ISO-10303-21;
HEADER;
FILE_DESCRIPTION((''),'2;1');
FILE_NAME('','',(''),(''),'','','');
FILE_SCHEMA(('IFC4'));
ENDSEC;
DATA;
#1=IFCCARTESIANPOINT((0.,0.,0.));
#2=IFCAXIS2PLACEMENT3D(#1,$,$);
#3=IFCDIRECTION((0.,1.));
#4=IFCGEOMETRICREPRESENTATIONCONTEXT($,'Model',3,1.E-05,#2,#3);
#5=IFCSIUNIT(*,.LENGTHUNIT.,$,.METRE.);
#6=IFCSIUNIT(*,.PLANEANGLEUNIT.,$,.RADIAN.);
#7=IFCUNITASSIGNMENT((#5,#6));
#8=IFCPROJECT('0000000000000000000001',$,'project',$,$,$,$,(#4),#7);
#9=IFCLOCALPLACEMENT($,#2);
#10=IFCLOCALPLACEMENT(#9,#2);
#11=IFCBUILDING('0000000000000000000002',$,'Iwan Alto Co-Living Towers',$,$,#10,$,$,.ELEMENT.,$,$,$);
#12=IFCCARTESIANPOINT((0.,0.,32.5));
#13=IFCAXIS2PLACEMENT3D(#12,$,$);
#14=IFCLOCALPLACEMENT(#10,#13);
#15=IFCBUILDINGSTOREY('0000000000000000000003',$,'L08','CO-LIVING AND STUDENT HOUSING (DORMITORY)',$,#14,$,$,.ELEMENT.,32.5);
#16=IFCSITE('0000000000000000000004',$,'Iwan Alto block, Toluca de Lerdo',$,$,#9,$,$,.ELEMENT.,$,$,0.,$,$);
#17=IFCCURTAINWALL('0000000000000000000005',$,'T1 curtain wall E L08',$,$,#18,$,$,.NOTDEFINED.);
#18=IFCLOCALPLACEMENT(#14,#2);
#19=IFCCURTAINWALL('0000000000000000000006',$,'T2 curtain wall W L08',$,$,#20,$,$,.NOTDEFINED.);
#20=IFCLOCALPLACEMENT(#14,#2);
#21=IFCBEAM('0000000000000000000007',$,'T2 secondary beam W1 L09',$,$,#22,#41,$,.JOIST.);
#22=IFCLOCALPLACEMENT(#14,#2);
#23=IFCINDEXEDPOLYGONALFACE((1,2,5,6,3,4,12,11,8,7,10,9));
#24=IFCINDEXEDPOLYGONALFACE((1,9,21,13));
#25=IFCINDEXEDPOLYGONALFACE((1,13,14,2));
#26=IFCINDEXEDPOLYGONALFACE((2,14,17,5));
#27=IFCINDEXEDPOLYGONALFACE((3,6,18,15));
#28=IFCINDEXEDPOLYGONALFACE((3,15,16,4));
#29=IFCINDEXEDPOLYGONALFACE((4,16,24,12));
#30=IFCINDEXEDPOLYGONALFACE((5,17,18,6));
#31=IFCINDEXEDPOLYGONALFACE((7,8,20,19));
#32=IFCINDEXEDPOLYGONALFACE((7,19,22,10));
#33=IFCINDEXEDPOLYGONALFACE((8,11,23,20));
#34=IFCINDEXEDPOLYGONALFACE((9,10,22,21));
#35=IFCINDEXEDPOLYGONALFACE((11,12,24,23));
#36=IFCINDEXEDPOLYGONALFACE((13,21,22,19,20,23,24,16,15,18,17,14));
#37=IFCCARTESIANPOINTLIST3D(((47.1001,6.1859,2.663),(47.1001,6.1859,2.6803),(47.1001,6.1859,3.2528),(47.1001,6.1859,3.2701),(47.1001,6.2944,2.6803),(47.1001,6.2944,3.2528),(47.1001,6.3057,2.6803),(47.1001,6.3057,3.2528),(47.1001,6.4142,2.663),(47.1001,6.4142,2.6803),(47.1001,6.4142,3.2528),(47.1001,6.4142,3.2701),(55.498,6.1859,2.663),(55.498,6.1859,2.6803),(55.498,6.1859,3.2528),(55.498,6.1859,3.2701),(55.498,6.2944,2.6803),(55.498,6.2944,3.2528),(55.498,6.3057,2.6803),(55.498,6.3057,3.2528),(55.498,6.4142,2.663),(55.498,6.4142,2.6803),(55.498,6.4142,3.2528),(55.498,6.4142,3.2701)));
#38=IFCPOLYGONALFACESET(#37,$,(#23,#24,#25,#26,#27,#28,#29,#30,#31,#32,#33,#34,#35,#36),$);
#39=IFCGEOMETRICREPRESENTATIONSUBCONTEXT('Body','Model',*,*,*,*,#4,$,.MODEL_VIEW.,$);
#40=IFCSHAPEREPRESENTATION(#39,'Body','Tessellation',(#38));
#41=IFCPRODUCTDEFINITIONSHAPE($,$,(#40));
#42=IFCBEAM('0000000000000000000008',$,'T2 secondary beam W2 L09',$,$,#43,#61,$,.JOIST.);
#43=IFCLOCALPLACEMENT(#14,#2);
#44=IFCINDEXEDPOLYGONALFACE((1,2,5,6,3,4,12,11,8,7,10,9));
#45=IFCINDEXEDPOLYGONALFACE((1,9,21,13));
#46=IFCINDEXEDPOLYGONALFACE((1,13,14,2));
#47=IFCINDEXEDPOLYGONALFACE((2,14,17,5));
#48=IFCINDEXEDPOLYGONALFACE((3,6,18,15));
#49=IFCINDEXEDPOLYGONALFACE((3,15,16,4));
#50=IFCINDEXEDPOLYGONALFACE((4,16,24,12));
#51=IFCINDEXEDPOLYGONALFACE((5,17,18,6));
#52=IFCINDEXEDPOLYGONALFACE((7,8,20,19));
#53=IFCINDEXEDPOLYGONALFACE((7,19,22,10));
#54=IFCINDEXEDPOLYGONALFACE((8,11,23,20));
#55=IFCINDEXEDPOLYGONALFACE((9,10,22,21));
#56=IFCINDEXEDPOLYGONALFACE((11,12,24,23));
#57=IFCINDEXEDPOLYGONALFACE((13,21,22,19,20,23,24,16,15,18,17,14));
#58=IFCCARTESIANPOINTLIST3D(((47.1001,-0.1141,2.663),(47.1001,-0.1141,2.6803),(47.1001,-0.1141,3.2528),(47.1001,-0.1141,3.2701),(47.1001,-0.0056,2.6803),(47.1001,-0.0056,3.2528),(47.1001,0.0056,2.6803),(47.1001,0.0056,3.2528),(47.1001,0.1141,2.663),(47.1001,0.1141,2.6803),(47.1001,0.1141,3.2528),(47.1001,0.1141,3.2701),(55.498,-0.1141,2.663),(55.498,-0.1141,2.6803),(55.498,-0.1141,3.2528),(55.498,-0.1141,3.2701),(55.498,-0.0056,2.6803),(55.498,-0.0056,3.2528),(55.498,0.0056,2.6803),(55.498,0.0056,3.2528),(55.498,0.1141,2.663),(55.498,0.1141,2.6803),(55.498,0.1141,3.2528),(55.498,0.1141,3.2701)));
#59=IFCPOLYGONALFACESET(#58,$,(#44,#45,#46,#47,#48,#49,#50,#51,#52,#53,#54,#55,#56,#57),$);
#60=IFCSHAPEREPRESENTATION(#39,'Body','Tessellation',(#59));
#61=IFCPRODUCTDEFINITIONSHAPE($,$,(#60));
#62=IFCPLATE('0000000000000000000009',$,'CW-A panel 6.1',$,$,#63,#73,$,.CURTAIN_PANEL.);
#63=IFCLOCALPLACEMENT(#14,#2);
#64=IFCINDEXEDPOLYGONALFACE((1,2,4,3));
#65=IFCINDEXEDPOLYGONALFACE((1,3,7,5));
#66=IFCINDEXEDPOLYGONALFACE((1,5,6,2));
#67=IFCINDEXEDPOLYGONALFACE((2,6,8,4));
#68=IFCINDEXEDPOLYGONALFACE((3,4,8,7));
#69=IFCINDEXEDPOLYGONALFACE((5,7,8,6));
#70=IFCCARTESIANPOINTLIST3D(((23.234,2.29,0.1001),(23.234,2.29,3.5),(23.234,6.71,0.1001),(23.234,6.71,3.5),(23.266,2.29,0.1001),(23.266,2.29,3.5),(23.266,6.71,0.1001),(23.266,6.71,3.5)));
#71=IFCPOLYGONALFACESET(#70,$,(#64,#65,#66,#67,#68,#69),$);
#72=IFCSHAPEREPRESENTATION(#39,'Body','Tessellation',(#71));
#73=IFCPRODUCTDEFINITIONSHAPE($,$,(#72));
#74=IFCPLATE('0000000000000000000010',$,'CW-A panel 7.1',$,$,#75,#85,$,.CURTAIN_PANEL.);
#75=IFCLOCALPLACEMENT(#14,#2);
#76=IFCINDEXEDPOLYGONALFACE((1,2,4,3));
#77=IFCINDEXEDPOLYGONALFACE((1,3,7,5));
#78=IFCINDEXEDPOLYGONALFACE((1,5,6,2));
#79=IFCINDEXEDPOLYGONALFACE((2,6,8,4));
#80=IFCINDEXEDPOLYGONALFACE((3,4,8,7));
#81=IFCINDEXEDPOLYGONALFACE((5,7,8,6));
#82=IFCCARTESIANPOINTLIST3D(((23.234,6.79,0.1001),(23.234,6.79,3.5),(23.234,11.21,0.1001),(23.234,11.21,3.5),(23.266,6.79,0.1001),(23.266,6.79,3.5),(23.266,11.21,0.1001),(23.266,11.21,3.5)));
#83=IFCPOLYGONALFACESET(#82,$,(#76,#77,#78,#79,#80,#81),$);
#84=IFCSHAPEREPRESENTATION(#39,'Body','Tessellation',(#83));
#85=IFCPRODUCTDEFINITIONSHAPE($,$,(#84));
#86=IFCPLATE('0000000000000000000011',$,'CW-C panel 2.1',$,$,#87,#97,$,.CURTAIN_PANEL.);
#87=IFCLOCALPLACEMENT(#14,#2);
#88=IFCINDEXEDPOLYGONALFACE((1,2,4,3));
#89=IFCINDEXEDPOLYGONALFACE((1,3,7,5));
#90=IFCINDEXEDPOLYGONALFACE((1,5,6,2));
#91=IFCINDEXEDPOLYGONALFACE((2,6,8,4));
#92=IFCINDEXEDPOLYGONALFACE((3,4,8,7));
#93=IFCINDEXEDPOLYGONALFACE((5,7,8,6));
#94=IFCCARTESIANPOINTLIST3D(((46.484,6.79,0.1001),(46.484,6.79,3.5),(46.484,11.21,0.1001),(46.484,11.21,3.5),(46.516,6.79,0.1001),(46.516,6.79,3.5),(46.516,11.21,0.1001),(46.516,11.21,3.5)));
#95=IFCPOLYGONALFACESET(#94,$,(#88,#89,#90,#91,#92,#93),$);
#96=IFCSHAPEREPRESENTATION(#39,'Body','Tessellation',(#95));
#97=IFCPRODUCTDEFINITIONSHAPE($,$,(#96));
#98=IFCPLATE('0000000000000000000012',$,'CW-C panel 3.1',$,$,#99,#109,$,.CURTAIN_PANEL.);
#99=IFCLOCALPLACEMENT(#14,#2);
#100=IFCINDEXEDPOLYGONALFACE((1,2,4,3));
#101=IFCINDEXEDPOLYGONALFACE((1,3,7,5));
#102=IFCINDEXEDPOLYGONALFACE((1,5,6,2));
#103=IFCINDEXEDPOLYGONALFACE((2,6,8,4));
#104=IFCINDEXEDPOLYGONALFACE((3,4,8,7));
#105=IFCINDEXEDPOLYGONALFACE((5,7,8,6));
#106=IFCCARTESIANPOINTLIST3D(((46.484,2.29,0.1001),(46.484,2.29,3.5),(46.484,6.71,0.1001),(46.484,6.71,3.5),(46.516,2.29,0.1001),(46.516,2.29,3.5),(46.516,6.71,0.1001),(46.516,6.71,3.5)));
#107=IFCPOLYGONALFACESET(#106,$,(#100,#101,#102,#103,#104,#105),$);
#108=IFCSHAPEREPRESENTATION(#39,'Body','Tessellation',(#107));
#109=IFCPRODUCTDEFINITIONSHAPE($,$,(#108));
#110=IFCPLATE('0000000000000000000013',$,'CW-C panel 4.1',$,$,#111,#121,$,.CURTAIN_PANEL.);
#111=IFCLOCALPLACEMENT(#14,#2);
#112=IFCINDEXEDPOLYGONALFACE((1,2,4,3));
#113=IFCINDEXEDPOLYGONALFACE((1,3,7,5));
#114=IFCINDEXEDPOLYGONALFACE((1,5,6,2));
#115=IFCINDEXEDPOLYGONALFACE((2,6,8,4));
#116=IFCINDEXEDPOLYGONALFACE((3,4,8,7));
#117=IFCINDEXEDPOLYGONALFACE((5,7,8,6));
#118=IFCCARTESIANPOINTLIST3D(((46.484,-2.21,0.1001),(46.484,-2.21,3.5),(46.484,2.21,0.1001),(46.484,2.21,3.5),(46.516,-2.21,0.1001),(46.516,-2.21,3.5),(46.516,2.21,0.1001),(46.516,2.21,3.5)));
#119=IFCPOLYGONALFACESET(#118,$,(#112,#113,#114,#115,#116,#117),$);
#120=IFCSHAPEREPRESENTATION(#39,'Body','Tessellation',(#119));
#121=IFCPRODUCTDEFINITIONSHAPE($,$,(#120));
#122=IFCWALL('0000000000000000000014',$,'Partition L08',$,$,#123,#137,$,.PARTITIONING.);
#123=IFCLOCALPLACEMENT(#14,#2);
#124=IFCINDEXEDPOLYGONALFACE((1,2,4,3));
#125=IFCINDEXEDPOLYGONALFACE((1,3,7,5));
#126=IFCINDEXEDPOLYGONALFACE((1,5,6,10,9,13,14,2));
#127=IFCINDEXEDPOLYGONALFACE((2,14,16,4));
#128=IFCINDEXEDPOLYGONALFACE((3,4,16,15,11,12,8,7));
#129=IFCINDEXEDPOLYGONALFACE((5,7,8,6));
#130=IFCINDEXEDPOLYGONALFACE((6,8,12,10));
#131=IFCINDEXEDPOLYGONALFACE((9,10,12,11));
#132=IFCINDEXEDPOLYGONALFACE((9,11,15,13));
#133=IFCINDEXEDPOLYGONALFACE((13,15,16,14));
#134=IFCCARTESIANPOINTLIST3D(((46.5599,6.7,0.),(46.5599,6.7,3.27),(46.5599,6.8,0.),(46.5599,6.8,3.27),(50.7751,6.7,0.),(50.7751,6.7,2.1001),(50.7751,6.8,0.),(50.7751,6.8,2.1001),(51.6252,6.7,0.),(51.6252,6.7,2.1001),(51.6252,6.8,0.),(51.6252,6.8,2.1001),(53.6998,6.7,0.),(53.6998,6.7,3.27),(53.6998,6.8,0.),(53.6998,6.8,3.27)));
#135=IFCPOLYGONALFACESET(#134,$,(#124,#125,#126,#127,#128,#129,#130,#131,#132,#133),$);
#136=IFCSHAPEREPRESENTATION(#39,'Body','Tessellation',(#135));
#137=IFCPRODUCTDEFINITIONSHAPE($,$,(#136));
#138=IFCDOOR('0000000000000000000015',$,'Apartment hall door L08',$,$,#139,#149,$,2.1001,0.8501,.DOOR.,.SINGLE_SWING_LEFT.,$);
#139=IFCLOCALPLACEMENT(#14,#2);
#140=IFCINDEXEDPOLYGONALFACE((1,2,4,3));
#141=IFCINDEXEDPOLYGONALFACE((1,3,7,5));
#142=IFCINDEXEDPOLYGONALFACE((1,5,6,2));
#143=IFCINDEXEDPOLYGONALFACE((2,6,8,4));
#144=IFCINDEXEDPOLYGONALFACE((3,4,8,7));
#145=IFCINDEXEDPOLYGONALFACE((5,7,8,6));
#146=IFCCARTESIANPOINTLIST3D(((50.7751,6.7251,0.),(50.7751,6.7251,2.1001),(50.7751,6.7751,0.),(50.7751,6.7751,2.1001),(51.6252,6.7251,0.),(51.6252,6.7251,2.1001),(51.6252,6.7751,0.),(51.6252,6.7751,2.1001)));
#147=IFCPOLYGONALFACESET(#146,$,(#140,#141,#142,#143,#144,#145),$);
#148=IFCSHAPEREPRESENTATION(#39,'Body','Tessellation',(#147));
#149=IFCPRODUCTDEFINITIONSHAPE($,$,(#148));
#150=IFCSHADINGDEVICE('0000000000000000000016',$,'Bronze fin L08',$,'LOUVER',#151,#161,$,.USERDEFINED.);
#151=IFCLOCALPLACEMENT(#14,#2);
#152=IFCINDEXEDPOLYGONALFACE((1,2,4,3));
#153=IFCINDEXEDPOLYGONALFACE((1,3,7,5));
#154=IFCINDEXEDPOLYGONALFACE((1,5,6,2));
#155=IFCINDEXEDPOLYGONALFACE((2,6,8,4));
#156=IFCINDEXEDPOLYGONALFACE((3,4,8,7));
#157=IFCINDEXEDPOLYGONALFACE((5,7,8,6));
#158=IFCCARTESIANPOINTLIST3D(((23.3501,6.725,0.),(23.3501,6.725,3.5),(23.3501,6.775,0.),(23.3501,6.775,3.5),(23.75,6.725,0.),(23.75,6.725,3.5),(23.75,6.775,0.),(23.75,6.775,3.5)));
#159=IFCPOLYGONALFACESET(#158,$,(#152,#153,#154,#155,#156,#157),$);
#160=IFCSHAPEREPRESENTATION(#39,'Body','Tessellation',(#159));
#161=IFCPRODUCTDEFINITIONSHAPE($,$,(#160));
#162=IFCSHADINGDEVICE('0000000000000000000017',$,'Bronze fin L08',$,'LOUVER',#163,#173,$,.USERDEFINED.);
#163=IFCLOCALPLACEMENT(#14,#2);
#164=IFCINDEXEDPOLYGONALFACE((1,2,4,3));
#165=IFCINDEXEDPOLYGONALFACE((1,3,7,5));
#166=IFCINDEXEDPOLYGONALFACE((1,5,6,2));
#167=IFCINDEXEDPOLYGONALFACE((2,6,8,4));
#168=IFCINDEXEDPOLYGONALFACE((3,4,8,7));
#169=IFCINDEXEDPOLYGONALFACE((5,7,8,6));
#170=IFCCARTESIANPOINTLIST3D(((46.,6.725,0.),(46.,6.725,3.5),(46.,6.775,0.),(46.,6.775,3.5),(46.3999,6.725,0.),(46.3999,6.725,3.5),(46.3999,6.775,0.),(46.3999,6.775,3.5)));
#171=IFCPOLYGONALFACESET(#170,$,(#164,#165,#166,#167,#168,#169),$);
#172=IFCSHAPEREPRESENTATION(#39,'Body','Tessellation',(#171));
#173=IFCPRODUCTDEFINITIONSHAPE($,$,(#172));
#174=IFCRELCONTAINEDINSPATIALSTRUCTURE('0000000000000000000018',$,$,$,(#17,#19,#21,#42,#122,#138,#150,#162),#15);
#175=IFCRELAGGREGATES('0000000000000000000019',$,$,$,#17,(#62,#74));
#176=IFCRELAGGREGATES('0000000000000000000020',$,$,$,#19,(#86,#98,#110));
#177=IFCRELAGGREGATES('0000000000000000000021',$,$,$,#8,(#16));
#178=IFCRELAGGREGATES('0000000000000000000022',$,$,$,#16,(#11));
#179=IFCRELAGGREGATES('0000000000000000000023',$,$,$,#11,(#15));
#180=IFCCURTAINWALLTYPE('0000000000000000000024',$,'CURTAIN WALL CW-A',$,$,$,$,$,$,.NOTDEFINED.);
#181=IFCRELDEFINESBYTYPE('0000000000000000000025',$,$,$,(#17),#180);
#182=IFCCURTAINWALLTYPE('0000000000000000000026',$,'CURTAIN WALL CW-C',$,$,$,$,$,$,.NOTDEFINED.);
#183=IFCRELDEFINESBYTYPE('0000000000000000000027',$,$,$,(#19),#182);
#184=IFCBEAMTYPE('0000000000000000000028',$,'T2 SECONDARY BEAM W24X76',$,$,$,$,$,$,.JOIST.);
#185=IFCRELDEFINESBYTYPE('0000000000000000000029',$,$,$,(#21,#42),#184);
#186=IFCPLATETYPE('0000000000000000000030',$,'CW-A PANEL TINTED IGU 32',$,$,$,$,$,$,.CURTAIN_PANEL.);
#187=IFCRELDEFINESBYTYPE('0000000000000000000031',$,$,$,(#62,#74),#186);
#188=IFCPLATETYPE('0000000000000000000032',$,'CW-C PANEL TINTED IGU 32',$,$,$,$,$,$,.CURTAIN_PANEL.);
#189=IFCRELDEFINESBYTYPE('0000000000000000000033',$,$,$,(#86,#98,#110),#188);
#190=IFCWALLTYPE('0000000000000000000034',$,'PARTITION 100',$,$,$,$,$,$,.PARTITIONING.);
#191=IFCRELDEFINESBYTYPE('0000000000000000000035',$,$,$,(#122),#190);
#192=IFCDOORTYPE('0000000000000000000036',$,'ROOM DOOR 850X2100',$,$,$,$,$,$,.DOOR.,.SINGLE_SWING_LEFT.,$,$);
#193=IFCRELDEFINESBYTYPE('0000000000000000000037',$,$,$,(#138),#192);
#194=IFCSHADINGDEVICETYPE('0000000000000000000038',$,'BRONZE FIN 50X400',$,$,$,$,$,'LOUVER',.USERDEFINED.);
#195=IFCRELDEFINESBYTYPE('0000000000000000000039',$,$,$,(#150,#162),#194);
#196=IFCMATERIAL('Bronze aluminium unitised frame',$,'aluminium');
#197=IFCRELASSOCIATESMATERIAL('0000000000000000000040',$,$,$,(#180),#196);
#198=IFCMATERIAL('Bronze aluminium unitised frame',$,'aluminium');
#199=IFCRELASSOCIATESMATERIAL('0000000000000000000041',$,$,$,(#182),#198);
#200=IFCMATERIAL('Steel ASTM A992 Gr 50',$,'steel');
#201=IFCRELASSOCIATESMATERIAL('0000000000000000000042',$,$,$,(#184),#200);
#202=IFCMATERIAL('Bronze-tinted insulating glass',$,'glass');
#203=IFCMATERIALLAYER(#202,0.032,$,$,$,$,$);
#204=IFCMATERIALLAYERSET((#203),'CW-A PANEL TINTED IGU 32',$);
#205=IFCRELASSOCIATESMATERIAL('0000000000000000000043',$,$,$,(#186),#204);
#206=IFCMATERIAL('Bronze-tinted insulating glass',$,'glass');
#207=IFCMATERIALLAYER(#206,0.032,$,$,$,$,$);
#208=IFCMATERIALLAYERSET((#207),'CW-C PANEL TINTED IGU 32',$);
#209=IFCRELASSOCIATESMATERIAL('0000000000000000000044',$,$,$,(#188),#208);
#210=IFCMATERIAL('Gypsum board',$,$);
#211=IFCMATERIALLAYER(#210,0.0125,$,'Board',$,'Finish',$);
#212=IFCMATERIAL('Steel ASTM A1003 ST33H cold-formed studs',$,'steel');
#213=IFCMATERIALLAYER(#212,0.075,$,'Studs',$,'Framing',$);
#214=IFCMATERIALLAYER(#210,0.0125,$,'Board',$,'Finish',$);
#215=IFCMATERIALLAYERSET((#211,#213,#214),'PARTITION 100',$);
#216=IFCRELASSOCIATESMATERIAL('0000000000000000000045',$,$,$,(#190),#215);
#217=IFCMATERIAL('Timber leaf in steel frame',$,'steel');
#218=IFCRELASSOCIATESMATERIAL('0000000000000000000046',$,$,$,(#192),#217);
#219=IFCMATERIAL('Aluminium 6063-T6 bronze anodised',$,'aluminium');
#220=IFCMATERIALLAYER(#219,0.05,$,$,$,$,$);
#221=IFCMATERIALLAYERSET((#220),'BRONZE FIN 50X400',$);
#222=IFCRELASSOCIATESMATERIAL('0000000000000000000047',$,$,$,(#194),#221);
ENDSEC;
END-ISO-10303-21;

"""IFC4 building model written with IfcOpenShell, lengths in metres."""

from ifc_helpers import new_model, si_unit, direction, frame, frame_2d, origin, origin_2d, place, context, subcontext, project, spatial, rectangle, i_section, extrude, material, layer, layer_set, material_profile, profile_set, type_object, element, fill, aggregate, save


model = new_model("IFC4")

# Units and contexts
model_context = context("Model", 3, precision=1e-05, world=origin(), true_north=direction((0.0, 1.0)))
body_context = subcontext(model_context, "Body", "Model", "MODEL_VIEW")
ifc_project = project(units=[si_unit("LENGTHUNIT", "METRE"), si_unit("PLANEANGLEUNIT", "RADIAN")], contexts=[model_context])

# Site, building, storey
site_placement = place(None, origin())
site = spatial("IfcSite", under=ifc_project, at=site_placement, Name="Iwan Alto block, Toluca de Lerdo", CompositionType="ELEMENT", RefElevation=0.0)
building_placement = place(site_placement, origin())
building = spatial("IfcBuilding", under=site, at=building_placement, Name="Iwan Alto Co-Living Towers", CompositionType="ELEMENT")
storey_placement = place(building_placement, frame((0.0, 0.0, 32.5)))
storey = spatial("IfcBuildingStorey", under=building, at=storey_placement, Name="L08", Description="CO-LIVING AND STUDENT HOUSING (DORMITORY)", CompositionType="ELEMENT", Elevation=32.5)

# Curtain walls
ifc_material_1 = material(Name="Bronze aluminium unitised frame", Category="aluminium")
curtain_wall_type_1 = type_object("IfcCurtainWallType", Name="CURTAIN WALL CW-A", PredefinedType="NOTDEFINED", material=ifc_material_1)
curtain_wall_1_placement = place(storey_placement, origin())
curtain_wall_1 = element("IfcCurtainWall", 1, at=curtain_wall_1_placement, inside=storey, type_object=curtain_wall_type_1, Name="T1 curtain wall E L08", PredefinedType="NOTDEFINED")
ifc_material_2 = material(Name="Bronze aluminium unitised frame", Category="aluminium")
curtain_wall_type_2 = type_object("IfcCurtainWallType", Name="CURTAIN WALL CW-C", PredefinedType="NOTDEFINED", material=ifc_material_2)
curtain_wall_2_placement = place(storey_placement, origin())
curtain_wall_2 = element("IfcCurtainWall", 2, at=curtain_wall_2_placement, inside=storey, type_object=curtain_wall_type_2, Name="T2 curtain wall W L08", PredefinedType="NOTDEFINED")

# Beams
ifc_material_3 = material(Name="Steel ASTM A992 Gr 50", Category="steel")
ifc_material_profile_1 = material_profile(ifc_material_3, i_section(OverallWidth=0.2283, OverallDepth=0.6072, WebThickness=0.0112, FlangeThickness=0.0173, at=origin_2d()), Name="W24X76")
ifc_profile_set_1 = profile_set([ifc_material_profile_1], Name="Steel ASTM A992 Gr 50")
beam_type_1 = type_object("IfcBeamType", Name="T2 SECONDARY BEAM W24X76", PredefinedType="JOIST", material=ifc_profile_set_1)
for number, where, z_axis, x_axis, name in (
    (3, (47.1001, 6.3, 2.9666), (1.0, 0.0, 0.0), (0.0, 1.0, 0.0), "T2 secondary beam W1 L09"),
    (4, (47.1001, 0.0, 2.9666), (1.0, 0.0, 0.0), (0.0, 1.0, 0.0), "T2 secondary beam W2 L09"),
):
    element("IfcBeam", number, at=place(storey_placement, frame(where, z_axis=z_axis, x_axis=x_axis)), inside=storey, type_object=beam_type_1, Name=name, PredefinedType="JOIST", context=body_context, shape_type="SweptSolid", body=[
        extrude(i_section(OverallWidth=0.2283, OverallDepth=0.6072, WebThickness=0.0112, FlangeThickness=0.0173, at=origin_2d()), origin(), (0.0, 0.0, 1.0), 8.3979),
    ])

# Plates
ifc_material_4 = material(Name="Bronze-tinted insulating glass", Category="glass")
ifc_layer_1 = layer(ifc_material_4, 0.032)
ifc_layer_set_1 = layer_set([ifc_layer_1], Name="CW-A PANEL TINTED IGU 32")
plate_type_1 = type_object("IfcPlateType", Name="CW-A PANEL TINTED IGU 32", PredefinedType="CURTAIN_PANEL", material=ifc_layer_set_1)
plate_1_placement = place(storey_placement, frame((23.25, 4.5, 0.1001), z_axis=(0.0, 0.0, 1.0), x_axis=(0.0, 1.0, 0.0)))
plate_1 = element("IfcPlate", 5, at=plate_1_placement, type_object=plate_type_1, Name="CW-A panel 6.1", PredefinedType="CURTAIN_PANEL", context=body_context, shape_type="SweptSolid", body=[
    extrude(rectangle(XDim=4.4199, YDim=0.032, at=origin_2d()), origin(), (0.0, 0.0, 1.0), 3.3999),
])
plate_2_placement = place(storey_placement, frame((23.25, 9.0, 0.1001), z_axis=(0.0, 0.0, 1.0), x_axis=(0.0, 1.0, 0.0)))
plate_2 = element("IfcPlate", 6, at=plate_2_placement, type_object=plate_type_1, Name="CW-A panel 7.1", PredefinedType="CURTAIN_PANEL", context=body_context, shape_type="SweptSolid", body=[
    extrude(rectangle(XDim=4.4199, YDim=0.032, at=origin_2d()), origin(), (0.0, 0.0, 1.0), 3.3999),
])
aggregate(curtain_wall_1, [plate_1, plate_2])
ifc_material_5 = material(Name="Bronze-tinted insulating glass", Category="glass")
ifc_layer_2 = layer(ifc_material_5, 0.032)
ifc_layer_set_2 = layer_set([ifc_layer_2], Name="CW-C PANEL TINTED IGU 32")
plate_type_2 = type_object("IfcPlateType", Name="CW-C PANEL TINTED IGU 32", PredefinedType="CURTAIN_PANEL", material=ifc_layer_set_2)
plate_3_placement = place(storey_placement, frame((46.5, 9.0, 0.1001), z_axis=(0.0, 0.0, 1.0), x_axis=(0.0, -1.0, 0.0)))
plate_3 = element("IfcPlate", 7, at=plate_3_placement, type_object=plate_type_2, Name="CW-C panel 2.1", PredefinedType="CURTAIN_PANEL", context=body_context, shape_type="SweptSolid", body=[
    extrude(rectangle(XDim=4.4199, YDim=0.032, at=origin_2d()), origin(), (0.0, 0.0, 1.0), 3.3999),
])
plate_4_placement = place(storey_placement, frame((46.5, 4.5, 0.1001), z_axis=(0.0, 0.0, 1.0), x_axis=(0.0, -1.0, 0.0)))
plate_4 = element("IfcPlate", 8, at=plate_4_placement, type_object=plate_type_2, Name="CW-C panel 3.1", PredefinedType="CURTAIN_PANEL", context=body_context, shape_type="SweptSolid", body=[
    extrude(rectangle(XDim=4.4199, YDim=0.032, at=origin_2d()), origin(), (0.0, 0.0, 1.0), 3.3999),
])
plate_5_placement = place(storey_placement, frame((46.5, 0.0, 0.1001), z_axis=(0.0, 0.0, 1.0), x_axis=(0.0, -1.0, 0.0)))
plate_5 = element("IfcPlate", 9, at=plate_5_placement, type_object=plate_type_2, Name="CW-C panel 4.1", PredefinedType="CURTAIN_PANEL", context=body_context, shape_type="SweptSolid", body=[
    extrude(rectangle(XDim=4.4199, YDim=0.032, at=origin_2d()), origin(), (0.0, 0.0, 1.0), 3.3999),
])
aggregate(curtain_wall_2, [plate_3, plate_4, plate_5])

# Wall, opening, door
ifc_material_6 = material(Name="Gypsum board")
ifc_layer_3 = layer(ifc_material_6, 0.0125, Name="Board", Category="Finish")
ifc_material_7 = material(Name="Steel ASTM A1003 ST33H cold-formed studs", Category="steel")
ifc_layer_4 = layer(ifc_material_7, 0.075, Name="Studs", Category="Framing")
ifc_layer_5 = layer(ifc_material_6, 0.0125, Name="Board", Category="Finish")
ifc_layer_set_3 = layer_set([ifc_layer_3, ifc_layer_4, ifc_layer_5], Name="PARTITION 100")
wall_type = type_object("IfcWallType", Name="PARTITION 100", PredefinedType="PARTITIONING", material=ifc_layer_set_3)
wall_placement = place(storey_placement, frame((46.5601, 6.75, 0.0), z_axis=(0.0, 0.0, 1.0), x_axis=(1.0, 0.0, 0.0)))
wall = element("IfcWall", 10, at=wall_placement, inside=storey, type_object=wall_type, Name="Partition L08", PredefinedType="PARTITIONING", context=body_context, shape_type="SweptSolid", body=[
    extrude(rectangle(XDim=7.1399, YDim=0.1001, at=frame_2d((3.5698, 0.0))), origin(), (0.0, 0.0, 1.0), 3.27),
])
opening_placement = place(wall_placement, frame((4.2151, 0.0, 0.0)))
opening = element("IfcOpeningElement", 11, at=opening_placement, cuts=wall, PredefinedType="OPENING", context=body_context, shape_type="SweptSolid", body=[
    extrude(rectangle(XDim=0.8501, YDim=2.1001, at=frame_2d((0.425, 1.05))), frame((0.0, 0.0601, 0.0), z_axis=(0.0, -1.0, 0.0), x_axis=(1.0, 0.0, 0.0)), (0.0, 0.0, 1.0), 0.1201),
])
ifc_material_8 = material(Name="Timber leaf in steel frame", Category="steel")
door_type = type_object("IfcDoorType", Name="ROOM DOOR 850X2100", OperationType="SINGLE_SWING_LEFT", PredefinedType="DOOR", material=ifc_material_8)
door_placement = place(opening_placement, frame((0.8501, 0.0, 0.0), z_axis=(0.0, 0.0, 1.0), x_axis=(-1.0, 0.0, 0.0)))
door = element("IfcDoor", 12, at=door_placement, inside=storey, type_object=door_type, Name="Apartment hall door L08", OperationType="SINGLE_SWING_LEFT", OverallHeight=2.1001, OverallWidth=0.8501, PredefinedType="DOOR", context=body_context, shape_type="SweptSolid", body=[
    extrude(rectangle(XDim=0.8501, YDim=2.1001, at=frame_2d((0.425, 1.05))), frame((0.0, 0.0249, 0.0), z_axis=(0.0, -1.0, 0.0), x_axis=(1.0, 0.0, 0.0)), (0.0, 0.0, 1.0), 0.05),
])
fill(opening, door)

# Shading devices
ifc_material_9 = material(Name="Aluminium 6063-T6 bronze anodised", Category="aluminium")
ifc_layer_6 = layer(ifc_material_9, 0.05)
ifc_layer_set_4 = layer_set([ifc_layer_6], Name="BRONZE FIN 50X400")
shading_device_type = type_object("IfcShadingDeviceType", Name="BRONZE FIN 50X400", ElementType="LOUVER", PredefinedType="USERDEFINED", material=ifc_layer_set_4)
for number, where, z_axis, x_axis, name in (
    (13, (23.55, 6.75, 0.0), (0.0, 0.0, 1.0), (0.0, 1.0, 0.0), "Bronze fin L08"),
    (14, (46.2, 6.75, 0.0), (0.0, 0.0, 1.0), (0.0, -1.0, 0.0), "Bronze fin L08"),
):
    element("IfcShadingDevice", number, at=place(storey_placement, frame(where, z_axis=z_axis, x_axis=x_axis)), inside=storey, type_object=shading_device_type, Name=name, ObjectType="LOUVER", PredefinedType="USERDEFINED", context=body_context, shape_type="SweptSolid", body=[
        extrude(rectangle(XDim=0.05, YDim=0.3999, at=origin_2d()), origin(), (0.0, 0.0, 1.0), 3.5),
    ])

save(model, "model.ifc")
